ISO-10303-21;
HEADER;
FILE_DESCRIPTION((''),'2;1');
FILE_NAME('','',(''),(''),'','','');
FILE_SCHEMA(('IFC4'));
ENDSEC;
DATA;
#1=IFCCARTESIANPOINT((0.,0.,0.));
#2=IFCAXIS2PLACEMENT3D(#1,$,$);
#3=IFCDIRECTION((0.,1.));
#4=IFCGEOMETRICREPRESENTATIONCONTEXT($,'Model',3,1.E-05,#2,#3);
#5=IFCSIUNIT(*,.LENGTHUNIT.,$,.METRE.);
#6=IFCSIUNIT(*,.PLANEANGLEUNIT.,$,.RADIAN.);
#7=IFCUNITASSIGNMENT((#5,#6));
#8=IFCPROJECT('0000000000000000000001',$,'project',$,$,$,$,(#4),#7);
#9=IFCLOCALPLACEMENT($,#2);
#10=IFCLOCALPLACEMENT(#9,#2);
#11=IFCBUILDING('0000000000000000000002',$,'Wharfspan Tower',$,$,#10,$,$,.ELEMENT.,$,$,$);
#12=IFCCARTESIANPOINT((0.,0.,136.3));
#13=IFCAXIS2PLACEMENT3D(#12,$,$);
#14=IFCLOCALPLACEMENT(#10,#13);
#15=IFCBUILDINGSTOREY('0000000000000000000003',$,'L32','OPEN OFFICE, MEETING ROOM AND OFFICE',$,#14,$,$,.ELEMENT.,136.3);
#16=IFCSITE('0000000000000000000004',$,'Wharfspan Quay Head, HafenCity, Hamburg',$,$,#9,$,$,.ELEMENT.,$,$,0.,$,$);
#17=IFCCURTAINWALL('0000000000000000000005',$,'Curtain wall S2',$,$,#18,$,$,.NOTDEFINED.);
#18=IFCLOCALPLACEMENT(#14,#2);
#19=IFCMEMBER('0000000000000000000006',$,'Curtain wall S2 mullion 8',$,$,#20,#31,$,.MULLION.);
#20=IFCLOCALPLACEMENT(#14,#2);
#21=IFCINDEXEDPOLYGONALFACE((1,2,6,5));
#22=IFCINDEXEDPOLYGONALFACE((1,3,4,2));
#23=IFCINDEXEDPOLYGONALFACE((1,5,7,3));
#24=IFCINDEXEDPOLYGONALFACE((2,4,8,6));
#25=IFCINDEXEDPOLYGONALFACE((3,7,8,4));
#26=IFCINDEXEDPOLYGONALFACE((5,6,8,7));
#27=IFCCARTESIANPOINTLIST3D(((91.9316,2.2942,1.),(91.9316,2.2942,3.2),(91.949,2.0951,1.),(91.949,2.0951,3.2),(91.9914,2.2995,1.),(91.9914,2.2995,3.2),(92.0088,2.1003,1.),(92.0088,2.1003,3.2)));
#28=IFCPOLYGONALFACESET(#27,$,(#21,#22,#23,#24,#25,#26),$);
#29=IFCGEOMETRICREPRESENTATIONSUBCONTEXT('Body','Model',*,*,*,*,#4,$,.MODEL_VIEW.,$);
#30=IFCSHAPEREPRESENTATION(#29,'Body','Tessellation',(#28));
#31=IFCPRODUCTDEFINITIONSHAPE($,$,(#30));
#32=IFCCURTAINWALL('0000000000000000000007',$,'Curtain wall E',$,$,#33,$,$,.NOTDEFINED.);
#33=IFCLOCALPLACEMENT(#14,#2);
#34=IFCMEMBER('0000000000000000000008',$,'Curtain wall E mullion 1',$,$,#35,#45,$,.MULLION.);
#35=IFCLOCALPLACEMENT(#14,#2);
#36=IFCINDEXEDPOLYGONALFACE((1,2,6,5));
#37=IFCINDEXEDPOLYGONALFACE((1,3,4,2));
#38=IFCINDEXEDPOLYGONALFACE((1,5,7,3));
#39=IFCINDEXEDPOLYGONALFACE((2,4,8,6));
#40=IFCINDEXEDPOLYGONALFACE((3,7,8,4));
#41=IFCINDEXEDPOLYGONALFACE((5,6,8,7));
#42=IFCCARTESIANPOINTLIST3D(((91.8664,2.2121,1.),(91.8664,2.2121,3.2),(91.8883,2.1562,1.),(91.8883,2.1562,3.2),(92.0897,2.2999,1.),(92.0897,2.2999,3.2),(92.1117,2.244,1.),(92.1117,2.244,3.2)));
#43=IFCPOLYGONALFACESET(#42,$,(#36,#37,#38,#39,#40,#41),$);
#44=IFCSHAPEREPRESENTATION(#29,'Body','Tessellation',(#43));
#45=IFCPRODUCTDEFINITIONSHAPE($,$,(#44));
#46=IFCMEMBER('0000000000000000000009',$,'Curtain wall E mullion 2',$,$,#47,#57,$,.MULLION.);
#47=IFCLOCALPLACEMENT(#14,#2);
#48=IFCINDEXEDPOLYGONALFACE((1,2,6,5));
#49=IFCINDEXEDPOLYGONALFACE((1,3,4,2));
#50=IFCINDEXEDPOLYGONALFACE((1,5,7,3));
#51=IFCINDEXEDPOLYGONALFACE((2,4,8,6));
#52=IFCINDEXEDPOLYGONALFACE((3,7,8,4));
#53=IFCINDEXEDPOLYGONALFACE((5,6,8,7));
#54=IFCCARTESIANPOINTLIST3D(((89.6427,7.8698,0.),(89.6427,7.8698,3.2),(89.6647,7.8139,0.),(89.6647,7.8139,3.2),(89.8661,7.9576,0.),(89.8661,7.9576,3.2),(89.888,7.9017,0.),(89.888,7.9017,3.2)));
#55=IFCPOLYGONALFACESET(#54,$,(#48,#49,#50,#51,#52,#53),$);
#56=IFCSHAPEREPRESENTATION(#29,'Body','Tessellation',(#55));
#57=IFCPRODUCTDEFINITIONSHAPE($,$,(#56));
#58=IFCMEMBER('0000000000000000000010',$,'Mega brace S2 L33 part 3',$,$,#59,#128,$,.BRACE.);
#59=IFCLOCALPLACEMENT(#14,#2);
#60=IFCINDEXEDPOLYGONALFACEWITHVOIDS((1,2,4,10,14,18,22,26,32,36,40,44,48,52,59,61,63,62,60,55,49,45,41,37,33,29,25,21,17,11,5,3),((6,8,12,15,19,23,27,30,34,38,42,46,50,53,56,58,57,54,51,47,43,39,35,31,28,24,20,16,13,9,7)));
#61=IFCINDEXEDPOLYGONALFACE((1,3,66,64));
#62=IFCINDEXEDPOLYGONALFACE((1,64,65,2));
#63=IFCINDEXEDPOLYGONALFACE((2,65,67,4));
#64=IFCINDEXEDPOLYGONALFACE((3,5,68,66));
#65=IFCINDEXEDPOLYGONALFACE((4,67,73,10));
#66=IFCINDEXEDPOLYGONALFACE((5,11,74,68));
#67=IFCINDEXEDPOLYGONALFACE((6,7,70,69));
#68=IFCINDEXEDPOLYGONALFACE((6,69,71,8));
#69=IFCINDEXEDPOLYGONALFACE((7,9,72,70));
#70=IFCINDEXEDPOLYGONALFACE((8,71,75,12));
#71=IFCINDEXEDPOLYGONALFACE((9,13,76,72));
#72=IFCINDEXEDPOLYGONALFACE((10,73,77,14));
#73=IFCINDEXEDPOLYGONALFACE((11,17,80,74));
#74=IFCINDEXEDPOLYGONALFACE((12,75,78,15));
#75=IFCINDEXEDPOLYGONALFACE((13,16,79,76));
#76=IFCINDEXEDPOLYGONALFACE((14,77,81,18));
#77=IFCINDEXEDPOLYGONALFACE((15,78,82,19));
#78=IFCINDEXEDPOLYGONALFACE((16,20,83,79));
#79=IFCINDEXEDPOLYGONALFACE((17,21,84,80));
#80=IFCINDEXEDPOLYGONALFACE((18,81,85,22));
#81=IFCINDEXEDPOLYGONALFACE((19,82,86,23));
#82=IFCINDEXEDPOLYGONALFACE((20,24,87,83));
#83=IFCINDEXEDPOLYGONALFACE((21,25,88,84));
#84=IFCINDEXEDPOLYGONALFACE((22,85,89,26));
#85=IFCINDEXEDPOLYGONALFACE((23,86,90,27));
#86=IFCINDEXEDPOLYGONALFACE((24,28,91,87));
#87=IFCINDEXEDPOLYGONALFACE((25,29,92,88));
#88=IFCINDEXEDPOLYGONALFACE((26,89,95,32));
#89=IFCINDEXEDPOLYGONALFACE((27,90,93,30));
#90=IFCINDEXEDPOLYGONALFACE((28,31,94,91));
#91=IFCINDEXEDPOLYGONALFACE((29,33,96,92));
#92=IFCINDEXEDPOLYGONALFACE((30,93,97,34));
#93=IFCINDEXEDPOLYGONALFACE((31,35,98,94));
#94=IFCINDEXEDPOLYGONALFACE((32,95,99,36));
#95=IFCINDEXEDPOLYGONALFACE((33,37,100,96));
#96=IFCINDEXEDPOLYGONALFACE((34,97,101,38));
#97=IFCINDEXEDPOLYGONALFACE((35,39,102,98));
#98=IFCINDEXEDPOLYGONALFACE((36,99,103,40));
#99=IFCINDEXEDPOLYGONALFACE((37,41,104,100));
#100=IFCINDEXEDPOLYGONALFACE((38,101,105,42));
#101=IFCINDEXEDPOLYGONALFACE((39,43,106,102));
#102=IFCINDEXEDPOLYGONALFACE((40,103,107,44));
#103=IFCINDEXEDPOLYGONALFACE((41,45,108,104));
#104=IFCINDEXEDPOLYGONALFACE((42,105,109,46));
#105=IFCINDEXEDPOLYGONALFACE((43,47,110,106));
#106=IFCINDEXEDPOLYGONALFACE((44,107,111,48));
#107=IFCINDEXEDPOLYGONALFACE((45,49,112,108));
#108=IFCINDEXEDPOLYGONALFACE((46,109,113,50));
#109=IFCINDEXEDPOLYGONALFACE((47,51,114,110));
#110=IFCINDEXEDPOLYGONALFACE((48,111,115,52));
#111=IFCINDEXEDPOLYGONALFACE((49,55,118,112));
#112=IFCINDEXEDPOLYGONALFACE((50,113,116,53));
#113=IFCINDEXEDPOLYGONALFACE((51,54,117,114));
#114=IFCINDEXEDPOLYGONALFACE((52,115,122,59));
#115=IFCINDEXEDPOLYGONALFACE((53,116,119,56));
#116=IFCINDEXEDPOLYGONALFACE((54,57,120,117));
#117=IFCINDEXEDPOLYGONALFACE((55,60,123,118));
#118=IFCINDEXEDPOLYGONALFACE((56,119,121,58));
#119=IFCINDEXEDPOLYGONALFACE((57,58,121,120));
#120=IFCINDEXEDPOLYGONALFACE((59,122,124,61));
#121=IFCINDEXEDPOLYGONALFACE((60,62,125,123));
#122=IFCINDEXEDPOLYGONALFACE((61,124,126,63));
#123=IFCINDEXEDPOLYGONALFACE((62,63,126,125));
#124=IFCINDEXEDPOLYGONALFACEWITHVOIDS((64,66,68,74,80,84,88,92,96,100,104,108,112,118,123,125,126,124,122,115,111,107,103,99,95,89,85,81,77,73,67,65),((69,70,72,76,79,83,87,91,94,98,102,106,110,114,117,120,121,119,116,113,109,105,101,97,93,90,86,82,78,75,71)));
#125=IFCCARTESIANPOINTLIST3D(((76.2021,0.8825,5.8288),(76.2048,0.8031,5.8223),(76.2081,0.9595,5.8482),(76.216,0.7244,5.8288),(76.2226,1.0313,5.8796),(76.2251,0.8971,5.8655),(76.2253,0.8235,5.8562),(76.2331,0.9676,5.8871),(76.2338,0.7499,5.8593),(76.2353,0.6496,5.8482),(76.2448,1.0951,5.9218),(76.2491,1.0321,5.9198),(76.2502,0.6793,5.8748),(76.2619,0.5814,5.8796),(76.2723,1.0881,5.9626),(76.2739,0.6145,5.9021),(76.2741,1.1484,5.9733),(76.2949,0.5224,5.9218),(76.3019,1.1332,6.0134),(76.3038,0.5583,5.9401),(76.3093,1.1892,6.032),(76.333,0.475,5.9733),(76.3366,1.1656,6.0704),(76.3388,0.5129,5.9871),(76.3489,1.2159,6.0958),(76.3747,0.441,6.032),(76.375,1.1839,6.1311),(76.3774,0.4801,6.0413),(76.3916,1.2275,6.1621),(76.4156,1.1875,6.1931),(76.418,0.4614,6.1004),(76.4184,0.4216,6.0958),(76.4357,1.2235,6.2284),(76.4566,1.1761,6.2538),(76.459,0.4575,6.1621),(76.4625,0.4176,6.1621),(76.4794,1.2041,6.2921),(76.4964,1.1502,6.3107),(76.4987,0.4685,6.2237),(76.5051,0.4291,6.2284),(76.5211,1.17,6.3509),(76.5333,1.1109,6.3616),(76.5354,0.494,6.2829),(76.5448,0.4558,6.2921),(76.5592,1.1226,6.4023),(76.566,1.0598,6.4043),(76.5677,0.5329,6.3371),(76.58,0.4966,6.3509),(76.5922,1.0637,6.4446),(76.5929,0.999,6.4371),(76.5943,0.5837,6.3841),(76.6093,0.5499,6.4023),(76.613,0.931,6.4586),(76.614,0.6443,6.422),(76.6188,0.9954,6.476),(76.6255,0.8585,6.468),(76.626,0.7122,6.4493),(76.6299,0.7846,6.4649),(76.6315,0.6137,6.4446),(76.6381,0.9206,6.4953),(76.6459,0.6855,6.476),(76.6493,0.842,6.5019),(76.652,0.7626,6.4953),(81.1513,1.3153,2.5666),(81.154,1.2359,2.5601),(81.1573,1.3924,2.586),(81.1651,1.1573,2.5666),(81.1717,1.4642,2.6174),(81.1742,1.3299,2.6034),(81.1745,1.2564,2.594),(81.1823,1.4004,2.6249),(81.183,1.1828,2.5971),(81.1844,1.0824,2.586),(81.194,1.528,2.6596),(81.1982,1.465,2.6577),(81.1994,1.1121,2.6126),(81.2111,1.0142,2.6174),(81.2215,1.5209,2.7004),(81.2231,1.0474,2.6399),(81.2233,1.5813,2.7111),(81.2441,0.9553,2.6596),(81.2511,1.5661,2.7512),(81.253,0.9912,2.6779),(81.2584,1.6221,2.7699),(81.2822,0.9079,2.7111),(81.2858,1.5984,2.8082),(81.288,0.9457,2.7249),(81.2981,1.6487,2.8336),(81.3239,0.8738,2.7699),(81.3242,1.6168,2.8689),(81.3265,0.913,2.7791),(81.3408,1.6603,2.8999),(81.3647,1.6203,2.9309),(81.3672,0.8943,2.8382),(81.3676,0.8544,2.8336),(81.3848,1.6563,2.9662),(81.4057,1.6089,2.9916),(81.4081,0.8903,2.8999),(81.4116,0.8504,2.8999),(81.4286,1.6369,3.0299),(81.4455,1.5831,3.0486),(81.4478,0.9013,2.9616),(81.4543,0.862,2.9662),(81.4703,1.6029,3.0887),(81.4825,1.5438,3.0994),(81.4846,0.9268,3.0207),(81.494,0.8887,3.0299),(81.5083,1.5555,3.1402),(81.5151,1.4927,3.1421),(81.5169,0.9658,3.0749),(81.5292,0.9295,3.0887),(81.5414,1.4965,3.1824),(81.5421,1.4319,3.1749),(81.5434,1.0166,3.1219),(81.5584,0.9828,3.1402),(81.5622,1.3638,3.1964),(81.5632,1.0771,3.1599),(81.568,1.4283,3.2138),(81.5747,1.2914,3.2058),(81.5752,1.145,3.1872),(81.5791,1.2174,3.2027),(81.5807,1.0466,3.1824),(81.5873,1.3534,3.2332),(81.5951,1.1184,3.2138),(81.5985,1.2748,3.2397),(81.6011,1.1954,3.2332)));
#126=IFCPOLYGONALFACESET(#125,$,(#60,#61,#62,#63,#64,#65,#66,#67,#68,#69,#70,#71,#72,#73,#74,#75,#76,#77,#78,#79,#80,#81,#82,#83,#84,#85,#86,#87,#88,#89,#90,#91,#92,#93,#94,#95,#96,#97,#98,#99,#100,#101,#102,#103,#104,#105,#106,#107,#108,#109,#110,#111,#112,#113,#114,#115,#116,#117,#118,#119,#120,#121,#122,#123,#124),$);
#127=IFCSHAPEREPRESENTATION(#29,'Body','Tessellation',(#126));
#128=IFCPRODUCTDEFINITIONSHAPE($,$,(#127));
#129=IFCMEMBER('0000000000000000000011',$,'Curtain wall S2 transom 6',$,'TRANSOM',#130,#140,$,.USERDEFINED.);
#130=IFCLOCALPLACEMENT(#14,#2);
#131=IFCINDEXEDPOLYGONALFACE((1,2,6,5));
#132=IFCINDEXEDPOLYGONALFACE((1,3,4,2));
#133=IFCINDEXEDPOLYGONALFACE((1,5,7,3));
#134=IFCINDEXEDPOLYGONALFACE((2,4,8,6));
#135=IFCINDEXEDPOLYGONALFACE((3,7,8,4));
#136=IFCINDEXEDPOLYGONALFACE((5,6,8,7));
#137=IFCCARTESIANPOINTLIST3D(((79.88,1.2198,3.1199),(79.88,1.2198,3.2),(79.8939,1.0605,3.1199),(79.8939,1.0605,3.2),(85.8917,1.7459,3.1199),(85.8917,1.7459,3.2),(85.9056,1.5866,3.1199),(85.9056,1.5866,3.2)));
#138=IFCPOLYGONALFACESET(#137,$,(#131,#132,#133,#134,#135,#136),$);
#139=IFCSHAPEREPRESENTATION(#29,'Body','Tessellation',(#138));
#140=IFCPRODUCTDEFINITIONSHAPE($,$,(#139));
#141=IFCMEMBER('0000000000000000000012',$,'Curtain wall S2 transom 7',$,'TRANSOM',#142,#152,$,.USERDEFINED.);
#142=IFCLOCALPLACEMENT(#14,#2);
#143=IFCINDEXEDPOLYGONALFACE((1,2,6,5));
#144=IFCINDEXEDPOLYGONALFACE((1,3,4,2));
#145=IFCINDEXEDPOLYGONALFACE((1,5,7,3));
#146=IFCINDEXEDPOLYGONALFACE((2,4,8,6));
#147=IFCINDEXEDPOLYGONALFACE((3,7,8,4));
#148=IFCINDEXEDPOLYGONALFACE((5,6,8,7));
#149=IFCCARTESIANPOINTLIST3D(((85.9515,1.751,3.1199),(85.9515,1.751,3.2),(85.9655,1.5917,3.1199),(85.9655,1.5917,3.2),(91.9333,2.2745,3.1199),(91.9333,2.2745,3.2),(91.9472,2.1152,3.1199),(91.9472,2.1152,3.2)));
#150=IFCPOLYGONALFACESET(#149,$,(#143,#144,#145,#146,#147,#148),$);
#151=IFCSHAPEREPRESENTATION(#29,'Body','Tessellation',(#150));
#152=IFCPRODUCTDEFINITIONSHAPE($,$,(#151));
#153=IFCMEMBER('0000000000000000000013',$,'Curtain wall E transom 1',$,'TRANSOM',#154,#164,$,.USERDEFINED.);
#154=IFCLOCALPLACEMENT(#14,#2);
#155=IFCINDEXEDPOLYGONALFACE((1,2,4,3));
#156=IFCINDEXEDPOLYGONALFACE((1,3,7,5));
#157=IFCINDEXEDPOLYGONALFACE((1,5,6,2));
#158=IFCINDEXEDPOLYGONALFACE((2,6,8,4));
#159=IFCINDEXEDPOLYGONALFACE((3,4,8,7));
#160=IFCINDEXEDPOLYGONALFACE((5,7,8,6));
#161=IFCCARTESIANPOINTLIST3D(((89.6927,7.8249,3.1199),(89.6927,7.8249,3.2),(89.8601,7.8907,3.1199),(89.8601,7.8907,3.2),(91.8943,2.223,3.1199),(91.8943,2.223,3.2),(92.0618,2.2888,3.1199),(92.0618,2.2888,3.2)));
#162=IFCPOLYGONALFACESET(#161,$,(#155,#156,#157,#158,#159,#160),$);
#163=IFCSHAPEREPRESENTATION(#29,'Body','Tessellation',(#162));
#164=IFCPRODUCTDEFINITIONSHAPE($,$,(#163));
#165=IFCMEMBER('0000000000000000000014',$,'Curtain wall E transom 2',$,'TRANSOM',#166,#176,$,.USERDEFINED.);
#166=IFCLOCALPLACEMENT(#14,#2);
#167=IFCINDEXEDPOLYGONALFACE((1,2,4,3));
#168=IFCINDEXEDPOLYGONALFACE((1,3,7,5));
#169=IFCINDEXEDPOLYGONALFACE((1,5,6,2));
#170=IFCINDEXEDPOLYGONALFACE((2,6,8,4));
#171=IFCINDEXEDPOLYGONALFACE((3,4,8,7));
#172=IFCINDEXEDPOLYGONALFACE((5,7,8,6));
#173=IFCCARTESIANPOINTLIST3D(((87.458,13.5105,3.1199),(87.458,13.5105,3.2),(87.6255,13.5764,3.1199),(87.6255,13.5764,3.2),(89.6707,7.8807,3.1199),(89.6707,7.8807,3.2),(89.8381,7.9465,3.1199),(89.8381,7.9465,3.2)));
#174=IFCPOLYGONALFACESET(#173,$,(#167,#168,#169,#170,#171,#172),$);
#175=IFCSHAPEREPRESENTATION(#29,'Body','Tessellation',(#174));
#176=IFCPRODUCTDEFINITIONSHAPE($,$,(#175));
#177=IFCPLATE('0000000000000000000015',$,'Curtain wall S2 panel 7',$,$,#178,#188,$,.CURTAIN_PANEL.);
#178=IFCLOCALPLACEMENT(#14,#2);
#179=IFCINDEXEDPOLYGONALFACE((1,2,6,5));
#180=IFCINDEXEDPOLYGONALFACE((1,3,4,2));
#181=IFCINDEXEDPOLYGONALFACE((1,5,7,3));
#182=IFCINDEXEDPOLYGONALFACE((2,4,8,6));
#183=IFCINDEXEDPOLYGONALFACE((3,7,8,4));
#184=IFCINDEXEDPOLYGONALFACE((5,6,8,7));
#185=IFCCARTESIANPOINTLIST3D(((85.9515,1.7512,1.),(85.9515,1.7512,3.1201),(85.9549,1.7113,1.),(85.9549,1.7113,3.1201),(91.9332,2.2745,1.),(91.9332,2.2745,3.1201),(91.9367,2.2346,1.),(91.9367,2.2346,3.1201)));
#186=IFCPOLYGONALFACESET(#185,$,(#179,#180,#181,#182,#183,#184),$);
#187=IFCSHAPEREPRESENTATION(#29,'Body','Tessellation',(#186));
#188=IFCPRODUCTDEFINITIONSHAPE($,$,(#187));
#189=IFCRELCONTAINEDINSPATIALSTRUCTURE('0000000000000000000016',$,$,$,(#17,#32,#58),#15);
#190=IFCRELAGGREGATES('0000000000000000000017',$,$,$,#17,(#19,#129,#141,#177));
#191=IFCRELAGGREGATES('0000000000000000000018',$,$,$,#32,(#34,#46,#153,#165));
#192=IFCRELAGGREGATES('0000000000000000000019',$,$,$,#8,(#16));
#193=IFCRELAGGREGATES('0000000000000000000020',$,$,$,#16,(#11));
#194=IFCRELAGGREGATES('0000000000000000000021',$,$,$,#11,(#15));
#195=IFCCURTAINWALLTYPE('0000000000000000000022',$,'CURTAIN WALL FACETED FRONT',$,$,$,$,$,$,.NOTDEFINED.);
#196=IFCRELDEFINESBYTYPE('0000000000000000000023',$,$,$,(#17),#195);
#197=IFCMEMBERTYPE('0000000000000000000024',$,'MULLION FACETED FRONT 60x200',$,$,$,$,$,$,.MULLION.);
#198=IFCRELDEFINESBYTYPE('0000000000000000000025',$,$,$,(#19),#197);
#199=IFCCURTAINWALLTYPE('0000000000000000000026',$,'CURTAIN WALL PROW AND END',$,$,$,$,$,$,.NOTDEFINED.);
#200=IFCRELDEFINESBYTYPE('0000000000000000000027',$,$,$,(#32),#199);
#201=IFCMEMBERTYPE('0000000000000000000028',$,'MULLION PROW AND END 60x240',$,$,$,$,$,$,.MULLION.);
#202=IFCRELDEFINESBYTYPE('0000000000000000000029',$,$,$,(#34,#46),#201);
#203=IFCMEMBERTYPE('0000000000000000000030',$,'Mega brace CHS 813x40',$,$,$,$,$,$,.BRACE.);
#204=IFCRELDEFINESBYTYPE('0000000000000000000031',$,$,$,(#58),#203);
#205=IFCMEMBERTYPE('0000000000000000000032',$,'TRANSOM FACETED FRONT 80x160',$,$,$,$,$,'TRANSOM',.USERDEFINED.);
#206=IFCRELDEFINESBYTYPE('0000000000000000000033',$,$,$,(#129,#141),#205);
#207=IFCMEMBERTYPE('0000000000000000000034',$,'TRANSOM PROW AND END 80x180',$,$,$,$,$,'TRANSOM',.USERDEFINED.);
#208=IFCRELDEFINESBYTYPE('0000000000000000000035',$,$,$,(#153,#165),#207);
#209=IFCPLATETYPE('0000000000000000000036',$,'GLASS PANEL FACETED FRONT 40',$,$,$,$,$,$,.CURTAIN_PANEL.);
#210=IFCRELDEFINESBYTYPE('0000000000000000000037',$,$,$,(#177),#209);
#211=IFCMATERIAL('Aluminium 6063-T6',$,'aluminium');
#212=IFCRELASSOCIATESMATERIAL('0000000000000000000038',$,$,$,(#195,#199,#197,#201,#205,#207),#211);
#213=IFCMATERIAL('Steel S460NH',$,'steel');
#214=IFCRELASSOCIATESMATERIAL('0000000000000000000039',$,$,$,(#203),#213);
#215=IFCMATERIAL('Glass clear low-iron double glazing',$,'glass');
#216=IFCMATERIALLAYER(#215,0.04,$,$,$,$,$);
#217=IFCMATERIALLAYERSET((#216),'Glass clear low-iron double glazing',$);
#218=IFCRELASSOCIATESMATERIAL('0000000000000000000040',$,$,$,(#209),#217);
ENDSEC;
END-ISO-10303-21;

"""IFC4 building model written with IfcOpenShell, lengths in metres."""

from ifc_helpers import new_model, si_unit, direction, frame, origin, origin_2d, place, context, subcontext, project, spatial, rectangle, hollow_circle, extrude, material, layer, layer_set, material_profile, profile_set, type_object, element, aggregate, save


model = new_model("IFC4")

# Units and contexts
model_context = context("Model", 3, precision=1e-05, world=origin(), true_north=direction((0.0, 1.0)))
body_context = subcontext(model_context, "Body", "Model", "MODEL_VIEW")
ifc_project = project(units=[si_unit("LENGTHUNIT", "METRE"), si_unit("PLANEANGLEUNIT", "RADIAN")], contexts=[model_context])

# Site, building, storey
site_placement = place(None, origin())
site = spatial("IfcSite", under=ifc_project, at=site_placement, Name="Wharfspan Quay Head, HafenCity, Hamburg", CompositionType="ELEMENT", RefElevation=0.0)
building_placement = place(site_placement, origin())
building = spatial("IfcBuilding", under=site, at=building_placement, Name="Wharfspan Tower", CompositionType="ELEMENT")
storey_placement = place(building_placement, frame((0.0, 0.0, 136.3)))
storey = spatial("IfcBuildingStorey", under=building, at=storey_placement, Name="L32", Description="OPEN OFFICE, MEETING ROOM AND OFFICE", CompositionType="ELEMENT", Elevation=136.3)

# Curtain walls, members
ifc_material_1 = material(Name="Aluminium 6063-T6", Category="aluminium")
curtain_wall_type_1 = type_object("IfcCurtainWallType", Name="CURTAIN WALL FACETED FRONT", PredefinedType="NOTDEFINED", material=ifc_material_1)
curtain_wall_1_placement = place(storey_placement, origin())
curtain_wall_1 = element("IfcCurtainWall", 1, at=curtain_wall_1_placement, inside=storey, type_object=curtain_wall_type_1, Name="Curtain wall S2", PredefinedType="NOTDEFINED")
ifc_material_profile_1 = material_profile(ifc_material_1, rectangle(XDim=0.2, YDim=0.0601, at=origin_2d()))
ifc_profile_set_1 = profile_set([ifc_material_profile_1], Name="Aluminium 6063-T6")
member_type_1 = type_object("IfcMemberType", Name="MULLION FACETED FRONT 60x200", PredefinedType="MULLION", material=ifc_profile_set_1)
member_1_placement = place(storey_placement, frame((91.9702, 2.1973, 1.0), z_axis=(0.0, 0.0, 1.0), x_axis=(-0.087156, 0.996198, 0.0)))
member_1 = element("IfcMember", 2, at=member_1_placement, type_object=member_type_1, Name="Curtain wall S2 mullion 8", PredefinedType="MULLION", context=body_context, shape_type="SweptSolid", body=[
    extrude(rectangle(XDim=0.2, YDim=0.0601, at=origin_2d()), origin(), (0.0, 0.0, 1.0), 2.2),
])
curtain_wall_type_2 = type_object("IfcCurtainWallType", Name="CURTAIN WALL PROW AND END", PredefinedType="NOTDEFINED", material=ifc_material_1)
curtain_wall_2_placement = place(storey_placement, origin())
curtain_wall_2 = element("IfcCurtainWall", 3, at=curtain_wall_2_placement, inside=storey, type_object=curtain_wall_type_2, Name="Curtain wall E", PredefinedType="NOTDEFINED")
ifc_material_profile_2 = material_profile(ifc_material_1, rectangle(XDim=0.24, YDim=0.0601, at=origin_2d()))
ifc_profile_set_2 = profile_set([ifc_material_profile_2], Name="Aluminium 6063-T6")
member_type_2 = type_object("IfcMemberType", Name="MULLION PROW AND END 60x240", PredefinedType="MULLION", material=ifc_profile_set_2)
member_2_placement = place(storey_placement, frame((91.989, 2.228, 1.0), z_axis=(0.0, 0.0, 1.0), x_axis=(-0.930702, -0.365778, 0.0)))
member_2 = element("IfcMember", 4, at=member_2_placement, type_object=member_type_2, Name="Curtain wall E mullion 1", PredefinedType="MULLION", context=body_context, shape_type="SweptSolid", body=[
    extrude(rectangle(XDim=0.24, YDim=0.0601, at=origin_2d()), origin(), (0.0, 0.0, 1.0), 2.2),
])
member_3_placement = place(storey_placement, frame((89.7654, 7.8857, 0.0), z_axis=(0.0, 0.0, 1.0), x_axis=(-0.930702, -0.365778, 0.0)))
member_3 = element("IfcMember", 5, at=member_3_placement, type_object=member_type_2, Name="Curtain wall E mullion 2", PredefinedType="MULLION", context=body_context, shape_type="SweptSolid", body=[
    extrude(rectangle(XDim=0.24, YDim=0.0601, at=origin_2d()), origin(), (0.0, 0.0, 1.0), 3.2),
])

# Members
ifc_material_2 = material(Name="Steel S460NH", Category="steel")
ifc_material_profile_3 = material_profile(ifc_material_2, hollow_circle(Radius=0.4065, WallThickness=0.04, at=origin_2d()))
ifc_profile_set_3 = profile_set([ifc_material_profile_3], Name="Steel S460NH")
member_type_3 = type_object("IfcMemberType", Name="Mega brace CHS 813x40", PredefinedType="BRACE", material=ifc_profile_set_3)
member_4_placement = place(storey_placement, frame((81.3762, 1.2554, 2.8999), z_axis=(-0.832724, -0.07283, 0.548878), x_axis=(0.087128, -0.996197, 0.000001)))
element("IfcMember", 6, at=member_4_placement, inside=storey, type_object=member_type_3, Name="Mega brace S2 L33 part 3", PredefinedType="BRACE", context=body_context, shape_type="SweptSolid", body=[
    extrude(hollow_circle(Radius=0.4065, WallThickness=0.04, at=origin_2d()), origin(), (0.0, 0.0, 1.0), 5.9434),
])
ifc_material_profile_4 = material_profile(ifc_material_1, rectangle(XDim=0.1599, YDim=0.0801, at=origin_2d()))
ifc_profile_set_4 = profile_set([ifc_material_profile_4], Name="Aluminium 6063-T6")
member_type_4 = type_object("IfcMemberType", Name="TRANSOM FACETED FRONT 80x160", ElementType="TRANSOM", PredefinedType="USERDEFINED", material=ifc_profile_set_4)
member_5_placement = place(storey_placement, frame((79.887, 1.1401, 3.1599), z_axis=(0.996192, 0.087183, 0.0), x_axis=(-0.087183, 0.996192, 0.0)))
member_5 = element("IfcMember", 7, at=member_5_placement, type_object=member_type_4, Name="Curtain wall S2 transom 6", ObjectType="TRANSOM", PredefinedType="USERDEFINED", context=body_context, shape_type="SweptSolid", body=[
    extrude(rectangle(XDim=0.1599, YDim=0.0801, at=origin_2d()), origin(), (0.0, 0.0, 1.0), 6.0347),
])
member_6_placement = place(storey_placement, frame((85.9585, 1.6714, 3.1599), z_axis=(0.996193, 0.087174, 0.0), x_axis=(-0.087174, 0.996193, 0.0)))
member_6 = element("IfcMember", 8, at=member_6_placement, type_object=member_type_4, Name="Curtain wall S2 transom 7", ObjectType="TRANSOM", PredefinedType="USERDEFINED", context=body_context, shape_type="SweptSolid", body=[
    extrude(rectangle(XDim=0.1599, YDim=0.0801, at=origin_2d()), origin(), (0.0, 0.0, 1.0), 6.0046),
])
ifc_material_profile_5 = material_profile(ifc_material_1, rectangle(XDim=0.1799, YDim=0.0801, at=origin_2d()))
ifc_profile_set_5 = profile_set([ifc_material_profile_5], Name="Aluminium 6063-T6")
member_type_5 = type_object("IfcMemberType", Name="TRANSOM PROW AND END 80x180", ElementType="TRANSOM", PredefinedType="USERDEFINED", material=ifc_profile_set_5)
member_7_placement = place(storey_placement, frame((91.978, 2.2559, 3.1599), z_axis=(-0.365775, 0.930703, 0.0), x_axis=(-0.930703, -0.365775, 0.0)))
member_7 = element("IfcMember", 9, at=member_7_placement, type_object=member_type_5, Name="Curtain wall E transom 1", ObjectType="TRANSOM", PredefinedType="USERDEFINED", context=body_context, shape_type="SweptSolid", body=[
    extrude(rectangle(XDim=0.1799, YDim=0.0801, at=origin_2d()), origin(), (0.0, 0.0, 1.0), 6.019),
])
member_8_placement = place(storey_placement, frame((89.7544, 7.9136, 3.1599), z_axis=(-0.365782, 0.9307, 0.0), x_axis=(-0.9307, -0.365782, 0.0)))
member_8 = element("IfcMember", 10, at=member_8_placement, type_object=member_type_5, Name="Curtain wall E transom 2", ObjectType="TRANSOM", PredefinedType="USERDEFINED", context=body_context, shape_type="SweptSolid", body=[
    extrude(rectangle(XDim=0.1799, YDim=0.0801, at=origin_2d()), origin(), (0.0, 0.0, 1.0), 6.0491),
])

# Plate
ifc_material_3 = material(Name="Glass clear low-iron double glazing", Category="glass")
ifc_layer_1 = layer(ifc_material_3, 0.04)
ifc_layer_set_1 = layer_set([ifc_layer_1], Name="Glass clear low-iron double glazing")
plate_type_1 = type_object("IfcPlateType", Name="GLASS PANEL FACETED FRONT 40", PredefinedType="CURTAIN_PANEL", material=ifc_layer_set_1)
plate_1_placement = place(storey_placement, frame((88.9441, 1.9929, 1.0), z_axis=(0.0, 0.0, 1.0), x_axis=(0.996198, 0.087156, 0.0)))
plate_1 = element("IfcPlate", 11, at=plate_1_placement, type_object=plate_type_1, Name="Curtain wall S2 panel 7", PredefinedType="CURTAIN_PANEL", context=body_context, shape_type="SweptSolid", body=[
    extrude(rectangle(XDim=6.0046, YDim=0.04, at=origin_2d()), origin(), (0.0, 0.0, 1.0), 2.1201),
])
aggregate(curtain_wall_1, [member_1, member_5, member_6, plate_1])
aggregate(curtain_wall_2, [member_2, member_3, member_7, member_8])

save(model, "model.ifc")
